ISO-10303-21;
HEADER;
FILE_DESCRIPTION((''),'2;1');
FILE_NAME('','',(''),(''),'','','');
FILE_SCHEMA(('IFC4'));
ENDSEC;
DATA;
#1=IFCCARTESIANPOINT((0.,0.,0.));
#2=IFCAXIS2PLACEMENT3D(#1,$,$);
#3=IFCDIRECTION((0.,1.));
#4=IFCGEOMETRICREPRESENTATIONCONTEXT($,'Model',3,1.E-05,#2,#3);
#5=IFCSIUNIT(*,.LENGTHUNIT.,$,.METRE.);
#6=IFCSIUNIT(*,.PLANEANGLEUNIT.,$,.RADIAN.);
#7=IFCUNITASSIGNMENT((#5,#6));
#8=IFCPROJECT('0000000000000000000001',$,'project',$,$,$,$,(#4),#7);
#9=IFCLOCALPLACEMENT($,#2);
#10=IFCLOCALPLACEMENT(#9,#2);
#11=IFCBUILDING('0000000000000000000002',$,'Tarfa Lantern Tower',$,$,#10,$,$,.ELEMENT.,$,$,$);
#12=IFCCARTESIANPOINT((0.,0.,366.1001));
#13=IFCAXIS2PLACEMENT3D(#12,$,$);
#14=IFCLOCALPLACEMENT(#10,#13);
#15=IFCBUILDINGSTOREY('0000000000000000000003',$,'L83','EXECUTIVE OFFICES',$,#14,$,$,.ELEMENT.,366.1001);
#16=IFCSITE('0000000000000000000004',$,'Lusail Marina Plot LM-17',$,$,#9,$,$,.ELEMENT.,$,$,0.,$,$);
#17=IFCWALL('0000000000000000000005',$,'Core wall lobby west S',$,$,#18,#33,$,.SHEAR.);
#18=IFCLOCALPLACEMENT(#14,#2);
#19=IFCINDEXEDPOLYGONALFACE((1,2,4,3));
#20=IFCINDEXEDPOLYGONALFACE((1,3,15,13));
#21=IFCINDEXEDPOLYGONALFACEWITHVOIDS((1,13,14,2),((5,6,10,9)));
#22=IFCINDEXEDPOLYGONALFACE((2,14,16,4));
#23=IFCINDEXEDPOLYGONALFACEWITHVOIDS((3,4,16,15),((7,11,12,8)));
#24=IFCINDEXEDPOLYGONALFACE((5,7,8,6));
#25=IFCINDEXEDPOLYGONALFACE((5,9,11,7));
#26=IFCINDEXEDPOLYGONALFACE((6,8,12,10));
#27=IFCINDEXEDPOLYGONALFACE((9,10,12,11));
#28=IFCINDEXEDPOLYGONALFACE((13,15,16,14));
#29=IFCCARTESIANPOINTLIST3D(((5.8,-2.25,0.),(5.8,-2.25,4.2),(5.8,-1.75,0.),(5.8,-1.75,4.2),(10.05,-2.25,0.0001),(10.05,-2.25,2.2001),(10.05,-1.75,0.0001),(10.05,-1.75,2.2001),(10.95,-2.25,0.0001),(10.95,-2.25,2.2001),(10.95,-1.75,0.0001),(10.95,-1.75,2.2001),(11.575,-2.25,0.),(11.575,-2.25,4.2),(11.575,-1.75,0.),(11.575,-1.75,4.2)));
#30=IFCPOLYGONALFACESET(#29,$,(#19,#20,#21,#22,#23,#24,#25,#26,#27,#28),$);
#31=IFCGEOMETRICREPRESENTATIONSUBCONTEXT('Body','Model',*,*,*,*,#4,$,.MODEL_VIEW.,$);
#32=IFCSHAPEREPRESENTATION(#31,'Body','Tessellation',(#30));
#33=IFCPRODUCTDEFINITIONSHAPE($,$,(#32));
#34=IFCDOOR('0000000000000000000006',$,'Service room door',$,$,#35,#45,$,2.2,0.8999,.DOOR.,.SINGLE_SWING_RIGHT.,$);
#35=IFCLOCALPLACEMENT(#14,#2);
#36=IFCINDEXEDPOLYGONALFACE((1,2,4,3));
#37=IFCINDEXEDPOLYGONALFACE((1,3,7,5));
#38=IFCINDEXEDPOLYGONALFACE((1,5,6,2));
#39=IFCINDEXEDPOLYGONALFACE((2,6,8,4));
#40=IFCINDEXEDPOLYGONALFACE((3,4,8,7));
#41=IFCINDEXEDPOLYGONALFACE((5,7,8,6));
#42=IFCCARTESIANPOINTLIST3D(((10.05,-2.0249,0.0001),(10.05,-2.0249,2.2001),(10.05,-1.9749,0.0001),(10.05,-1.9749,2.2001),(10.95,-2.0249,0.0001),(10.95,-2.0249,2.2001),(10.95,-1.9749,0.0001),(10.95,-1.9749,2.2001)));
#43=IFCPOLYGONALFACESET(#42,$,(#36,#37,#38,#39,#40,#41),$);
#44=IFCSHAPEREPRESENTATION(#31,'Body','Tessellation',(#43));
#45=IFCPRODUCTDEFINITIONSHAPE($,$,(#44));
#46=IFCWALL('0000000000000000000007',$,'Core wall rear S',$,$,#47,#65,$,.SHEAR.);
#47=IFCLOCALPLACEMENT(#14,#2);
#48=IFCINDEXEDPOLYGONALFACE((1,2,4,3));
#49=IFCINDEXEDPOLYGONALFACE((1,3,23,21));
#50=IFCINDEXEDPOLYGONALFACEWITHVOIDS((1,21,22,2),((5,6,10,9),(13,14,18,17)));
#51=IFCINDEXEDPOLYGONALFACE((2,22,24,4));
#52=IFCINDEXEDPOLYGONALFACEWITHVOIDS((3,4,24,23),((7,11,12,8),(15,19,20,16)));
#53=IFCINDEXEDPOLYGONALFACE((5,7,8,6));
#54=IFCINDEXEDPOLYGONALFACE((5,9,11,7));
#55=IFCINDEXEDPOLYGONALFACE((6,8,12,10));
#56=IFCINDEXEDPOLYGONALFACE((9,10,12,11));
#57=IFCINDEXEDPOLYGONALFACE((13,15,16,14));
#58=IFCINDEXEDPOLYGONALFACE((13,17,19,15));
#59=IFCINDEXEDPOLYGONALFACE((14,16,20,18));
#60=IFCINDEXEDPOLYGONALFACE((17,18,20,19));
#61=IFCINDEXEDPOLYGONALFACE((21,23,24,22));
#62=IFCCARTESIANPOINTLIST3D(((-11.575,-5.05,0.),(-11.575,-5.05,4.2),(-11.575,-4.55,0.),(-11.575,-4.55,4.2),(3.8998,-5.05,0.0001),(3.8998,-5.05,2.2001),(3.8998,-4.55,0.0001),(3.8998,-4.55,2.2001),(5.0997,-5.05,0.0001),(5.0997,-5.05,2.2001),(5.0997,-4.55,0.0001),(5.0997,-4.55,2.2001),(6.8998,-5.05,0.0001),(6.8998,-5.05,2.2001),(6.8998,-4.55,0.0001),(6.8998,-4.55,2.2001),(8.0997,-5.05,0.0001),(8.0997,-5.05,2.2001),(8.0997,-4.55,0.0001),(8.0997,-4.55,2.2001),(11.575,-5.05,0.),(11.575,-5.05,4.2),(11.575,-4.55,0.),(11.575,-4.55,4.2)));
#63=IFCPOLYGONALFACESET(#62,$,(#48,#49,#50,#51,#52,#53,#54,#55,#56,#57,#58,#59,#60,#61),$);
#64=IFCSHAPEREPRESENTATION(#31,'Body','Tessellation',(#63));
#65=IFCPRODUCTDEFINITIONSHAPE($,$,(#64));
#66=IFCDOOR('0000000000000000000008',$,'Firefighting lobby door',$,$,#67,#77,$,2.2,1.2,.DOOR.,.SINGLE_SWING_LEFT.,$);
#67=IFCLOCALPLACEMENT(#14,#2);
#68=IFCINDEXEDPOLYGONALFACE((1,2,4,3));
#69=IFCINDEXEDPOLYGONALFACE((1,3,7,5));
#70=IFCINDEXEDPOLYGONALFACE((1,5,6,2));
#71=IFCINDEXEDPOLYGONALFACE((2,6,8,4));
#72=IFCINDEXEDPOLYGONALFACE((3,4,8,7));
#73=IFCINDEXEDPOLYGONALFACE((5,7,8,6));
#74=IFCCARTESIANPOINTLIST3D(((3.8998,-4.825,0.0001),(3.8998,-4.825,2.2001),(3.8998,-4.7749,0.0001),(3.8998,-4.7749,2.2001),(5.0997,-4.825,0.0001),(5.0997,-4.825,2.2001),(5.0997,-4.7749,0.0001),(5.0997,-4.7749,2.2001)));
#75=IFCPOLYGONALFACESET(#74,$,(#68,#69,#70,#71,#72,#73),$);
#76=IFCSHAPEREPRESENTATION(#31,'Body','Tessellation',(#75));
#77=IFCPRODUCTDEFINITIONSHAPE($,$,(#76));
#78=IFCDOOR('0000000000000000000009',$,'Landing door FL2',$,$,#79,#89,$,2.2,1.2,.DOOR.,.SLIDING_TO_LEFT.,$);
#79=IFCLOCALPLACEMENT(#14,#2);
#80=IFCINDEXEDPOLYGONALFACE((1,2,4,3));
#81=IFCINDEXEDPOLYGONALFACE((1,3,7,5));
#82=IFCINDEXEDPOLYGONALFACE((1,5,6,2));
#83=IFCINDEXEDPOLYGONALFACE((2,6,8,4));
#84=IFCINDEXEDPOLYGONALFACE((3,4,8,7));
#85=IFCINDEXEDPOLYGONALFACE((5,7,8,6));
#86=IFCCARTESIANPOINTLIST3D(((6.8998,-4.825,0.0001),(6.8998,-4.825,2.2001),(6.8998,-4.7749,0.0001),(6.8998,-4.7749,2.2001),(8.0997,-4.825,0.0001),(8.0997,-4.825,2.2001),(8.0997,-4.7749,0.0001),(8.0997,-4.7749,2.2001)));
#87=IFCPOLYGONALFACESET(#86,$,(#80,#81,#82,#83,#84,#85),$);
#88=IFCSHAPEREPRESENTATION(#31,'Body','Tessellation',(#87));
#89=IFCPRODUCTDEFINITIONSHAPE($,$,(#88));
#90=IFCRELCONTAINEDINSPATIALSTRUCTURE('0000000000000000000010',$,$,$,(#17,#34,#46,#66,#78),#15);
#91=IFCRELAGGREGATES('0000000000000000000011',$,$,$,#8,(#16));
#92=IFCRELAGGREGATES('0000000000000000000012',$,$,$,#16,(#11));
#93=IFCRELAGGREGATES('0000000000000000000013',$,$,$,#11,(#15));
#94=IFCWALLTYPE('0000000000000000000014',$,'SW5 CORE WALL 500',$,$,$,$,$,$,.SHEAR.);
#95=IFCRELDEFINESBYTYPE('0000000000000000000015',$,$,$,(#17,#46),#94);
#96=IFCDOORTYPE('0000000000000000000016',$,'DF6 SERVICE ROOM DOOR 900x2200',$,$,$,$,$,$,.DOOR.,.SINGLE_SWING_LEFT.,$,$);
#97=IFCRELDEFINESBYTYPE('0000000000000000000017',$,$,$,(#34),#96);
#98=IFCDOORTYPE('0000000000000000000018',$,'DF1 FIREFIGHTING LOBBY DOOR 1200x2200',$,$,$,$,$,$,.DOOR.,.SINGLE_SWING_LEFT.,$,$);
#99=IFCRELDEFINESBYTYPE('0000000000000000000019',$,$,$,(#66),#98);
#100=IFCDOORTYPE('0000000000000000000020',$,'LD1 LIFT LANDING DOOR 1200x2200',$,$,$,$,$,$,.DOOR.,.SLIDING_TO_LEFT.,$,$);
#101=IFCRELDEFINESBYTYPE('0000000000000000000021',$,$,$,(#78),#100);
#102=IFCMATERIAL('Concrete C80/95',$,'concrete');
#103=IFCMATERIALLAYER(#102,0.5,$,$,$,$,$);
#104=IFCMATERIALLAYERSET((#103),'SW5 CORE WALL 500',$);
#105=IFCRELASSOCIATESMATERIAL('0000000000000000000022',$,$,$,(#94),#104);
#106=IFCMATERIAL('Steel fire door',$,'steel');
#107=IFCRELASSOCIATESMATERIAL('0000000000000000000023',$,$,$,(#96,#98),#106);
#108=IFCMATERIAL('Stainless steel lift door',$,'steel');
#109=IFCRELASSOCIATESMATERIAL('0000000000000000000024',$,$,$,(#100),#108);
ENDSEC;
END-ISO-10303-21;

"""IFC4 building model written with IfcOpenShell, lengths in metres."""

from ifc_helpers import new_model, si_unit, direction, frame, frame_2d, origin, place, context, subcontext, project, spatial, rectangle, extrude, material, layer, layer_set, type_object, element, fill, save


model = new_model("IFC4")

# Units and contexts
model_context = context("Model", 3, precision=1e-05, world=origin(), true_north=direction((0.0, 1.0)))
body_context = subcontext(model_context, "Body", "Model", "MODEL_VIEW")
ifc_project = project(units=[si_unit("LENGTHUNIT", "METRE"), si_unit("PLANEANGLEUNIT", "RADIAN")], contexts=[model_context])

# Site, building, storey
site_placement = place(None, origin())
site = spatial("IfcSite", under=ifc_project, at=site_placement, Name="Lusail Marina Plot LM-17", CompositionType="ELEMENT", RefElevation=0.0)
building_placement = place(site_placement, origin())
building = spatial("IfcBuilding", under=site, at=building_placement, Name="Tarfa Lantern Tower", CompositionType="ELEMENT")
storey_placement = place(building_placement, frame((0.0, 0.0, 366.1001)))
storey = spatial("IfcBuildingStorey", under=building, at=storey_placement, Name="L83", Description="EXECUTIVE OFFICES", CompositionType="ELEMENT", Elevation=366.1001)

# Shared definitions
ifc_material_1 = material(Name="Concrete C80/95", Category="concrete")

# Wall, opening, door
ifc_material_2 = material(Name="Steel fire door", Category="steel")
ifc_layer_1 = layer(ifc_material_1, 0.5)
ifc_layer_set_1 = layer_set([ifc_layer_1], Name="SW5 CORE WALL 500")
wall_type_1 = type_object("IfcWallType", Name="SW5 CORE WALL 500", PredefinedType="SHEAR", material=ifc_layer_set_1)
wall_1_placement = place(storey_placement, frame((11.575, -2.0, 0.0), z_axis=(0.0, 0.0, 1.0), x_axis=(-1.0, 0.0, 0.0)))
wall_1 = element("IfcWall", 1, at=wall_1_placement, inside=storey, type_object=wall_type_1, Name="Core wall lobby west S", PredefinedType="SHEAR", context=body_context, shape_type="SweptSolid", body=[
    extrude(rectangle(XDim=5.7749, YDim=0.5, at=frame_2d((2.8875, 0.0))), origin(), (0.0, 0.0, 1.0), 4.2),
])
opening_1_placement = place(wall_1_placement, frame((0.625, 0.0, 0.0)))
opening_1 = element("IfcOpeningElement", 2, at=opening_1_placement, cuts=wall_1, PredefinedType="OPENING", context=body_context, shape_type="SweptSolid", body=[
    extrude(rectangle(XDim=0.8999, YDim=2.2, at=frame_2d((0.45, 1.1001))), frame((0.0, 0.26, 0.0), z_axis=(0.0, -1.0, 0.0), x_axis=(1.0, 0.0, 0.0)), (0.0, 0.0, 1.0), 0.52),
])
door_type_1 = type_object("IfcDoorType", Name="DF6 SERVICE ROOM DOOR 900x2200", OperationType="SINGLE_SWING_LEFT", PredefinedType="DOOR", material=ifc_material_2)
door_1_placement = place(opening_1_placement, origin())
door_1 = element("IfcDoor", 3, at=door_1_placement, inside=storey, type_object=door_type_1, Name="Service room door", OperationType="SINGLE_SWING_RIGHT", OverallHeight=2.2, OverallWidth=0.8999, PredefinedType="DOOR", context=body_context, shape_type="SweptSolid", body=[
    extrude(rectangle(XDim=0.8999, YDim=2.2, at=frame_2d((0.45, 1.1001))), frame((0.0, 0.0249, 0.0), z_axis=(0.0, -1.0, 0.0), x_axis=(1.0, 0.0, 0.0)), (0.0, 0.0, 1.0), 0.05),
])
fill(opening_1, door_1)

# Wall, openings, doors
wall_2_placement = place(storey_placement, frame((11.575, -4.8, 0.0), z_axis=(0.0, 0.0, 1.0), x_axis=(-1.0, 0.0, 0.0)))
wall_2 = element("IfcWall", 4, at=wall_2_placement, inside=storey, type_object=wall_type_1, Name="Core wall rear S", PredefinedType="SHEAR", context=body_context, shape_type="SweptSolid", body=[
    extrude(rectangle(XDim=23.1499, YDim=0.5, at=frame_2d((11.575, 0.0))), origin(), (0.0, 0.0, 1.0), 4.2),
])
opening_2_placement = place(wall_2_placement, frame((6.4751, 0.0, 0.0)))
opening_2 = element("IfcOpeningElement", 5, at=opening_2_placement, cuts=wall_2, PredefinedType="OPENING", context=body_context, shape_type="SweptSolid", body=[
    extrude(rectangle(XDim=1.2, YDim=2.2, at=frame_2d((0.6001, 1.1001))), frame((0.0, 0.26, 0.0), z_axis=(0.0, -1.0, 0.0), x_axis=(1.0, 0.0, 0.0)), (0.0, 0.0, 1.0), 0.52),
])
opening_3_placement = place(wall_2_placement, frame((3.4751, 0.0, 0.0)))
opening_3 = element("IfcOpeningElement", 6, at=opening_3_placement, cuts=wall_2, PredefinedType="OPENING", context=body_context, shape_type="SweptSolid", body=[
    extrude(rectangle(XDim=1.2, YDim=2.2, at=frame_2d((0.6001, 1.1001))), frame((0.0, 0.26, 0.0), z_axis=(0.0, -1.0, 0.0), x_axis=(1.0, 0.0, 0.0)), (0.0, 0.0, 1.0), 0.52),
])
door_type_2 = type_object("IfcDoorType", Name="DF1 FIREFIGHTING LOBBY DOOR 1200x2200", OperationType="SINGLE_SWING_LEFT", PredefinedType="DOOR", material=ifc_material_2)
door_2_placement = place(opening_2_placement, origin())
door_2 = element("IfcDoor", 7, at=door_2_placement, inside=storey, type_object=door_type_2, Name="Firefighting lobby door", OperationType="SINGLE_SWING_LEFT", OverallHeight=2.2, OverallWidth=1.2, PredefinedType="DOOR", context=body_context, shape_type="SweptSolid", body=[
    extrude(rectangle(XDim=1.2, YDim=2.2, at=frame_2d((0.6001, 1.1001))), frame((0.0, 0.0249, 0.0), z_axis=(0.0, -1.0, 0.0), x_axis=(1.0, 0.0, 0.0)), (0.0, 0.0, 1.0), 0.05),
])
fill(opening_2, door_2)
ifc_material_3 = material(Name="Stainless steel lift door", Category="steel")
door_type_3 = type_object("IfcDoorType", Name="LD1 LIFT LANDING DOOR 1200x2200", OperationType="SLIDING_TO_LEFT", PredefinedType="DOOR", material=ifc_material_3)
door_3_placement = place(opening_3_placement, origin())
door_3 = element("IfcDoor", 8, at=door_3_placement, inside=storey, type_object=door_type_3, Name="Landing door FL2", OperationType="SLIDING_TO_LEFT", OverallHeight=2.2, OverallWidth=1.2, PredefinedType="DOOR", context=body_context, shape_type="SweptSolid", body=[
    extrude(rectangle(XDim=1.2, YDim=2.2, at=frame_2d((0.6001, 1.1001))), frame((0.0, 0.0249, 0.0), z_axis=(0.0, -1.0, 0.0), x_axis=(1.0, 0.0, 0.0)), (0.0, 0.0, 1.0), 0.05),
])
fill(opening_3, door_3)

save(model, "model.ifc")
